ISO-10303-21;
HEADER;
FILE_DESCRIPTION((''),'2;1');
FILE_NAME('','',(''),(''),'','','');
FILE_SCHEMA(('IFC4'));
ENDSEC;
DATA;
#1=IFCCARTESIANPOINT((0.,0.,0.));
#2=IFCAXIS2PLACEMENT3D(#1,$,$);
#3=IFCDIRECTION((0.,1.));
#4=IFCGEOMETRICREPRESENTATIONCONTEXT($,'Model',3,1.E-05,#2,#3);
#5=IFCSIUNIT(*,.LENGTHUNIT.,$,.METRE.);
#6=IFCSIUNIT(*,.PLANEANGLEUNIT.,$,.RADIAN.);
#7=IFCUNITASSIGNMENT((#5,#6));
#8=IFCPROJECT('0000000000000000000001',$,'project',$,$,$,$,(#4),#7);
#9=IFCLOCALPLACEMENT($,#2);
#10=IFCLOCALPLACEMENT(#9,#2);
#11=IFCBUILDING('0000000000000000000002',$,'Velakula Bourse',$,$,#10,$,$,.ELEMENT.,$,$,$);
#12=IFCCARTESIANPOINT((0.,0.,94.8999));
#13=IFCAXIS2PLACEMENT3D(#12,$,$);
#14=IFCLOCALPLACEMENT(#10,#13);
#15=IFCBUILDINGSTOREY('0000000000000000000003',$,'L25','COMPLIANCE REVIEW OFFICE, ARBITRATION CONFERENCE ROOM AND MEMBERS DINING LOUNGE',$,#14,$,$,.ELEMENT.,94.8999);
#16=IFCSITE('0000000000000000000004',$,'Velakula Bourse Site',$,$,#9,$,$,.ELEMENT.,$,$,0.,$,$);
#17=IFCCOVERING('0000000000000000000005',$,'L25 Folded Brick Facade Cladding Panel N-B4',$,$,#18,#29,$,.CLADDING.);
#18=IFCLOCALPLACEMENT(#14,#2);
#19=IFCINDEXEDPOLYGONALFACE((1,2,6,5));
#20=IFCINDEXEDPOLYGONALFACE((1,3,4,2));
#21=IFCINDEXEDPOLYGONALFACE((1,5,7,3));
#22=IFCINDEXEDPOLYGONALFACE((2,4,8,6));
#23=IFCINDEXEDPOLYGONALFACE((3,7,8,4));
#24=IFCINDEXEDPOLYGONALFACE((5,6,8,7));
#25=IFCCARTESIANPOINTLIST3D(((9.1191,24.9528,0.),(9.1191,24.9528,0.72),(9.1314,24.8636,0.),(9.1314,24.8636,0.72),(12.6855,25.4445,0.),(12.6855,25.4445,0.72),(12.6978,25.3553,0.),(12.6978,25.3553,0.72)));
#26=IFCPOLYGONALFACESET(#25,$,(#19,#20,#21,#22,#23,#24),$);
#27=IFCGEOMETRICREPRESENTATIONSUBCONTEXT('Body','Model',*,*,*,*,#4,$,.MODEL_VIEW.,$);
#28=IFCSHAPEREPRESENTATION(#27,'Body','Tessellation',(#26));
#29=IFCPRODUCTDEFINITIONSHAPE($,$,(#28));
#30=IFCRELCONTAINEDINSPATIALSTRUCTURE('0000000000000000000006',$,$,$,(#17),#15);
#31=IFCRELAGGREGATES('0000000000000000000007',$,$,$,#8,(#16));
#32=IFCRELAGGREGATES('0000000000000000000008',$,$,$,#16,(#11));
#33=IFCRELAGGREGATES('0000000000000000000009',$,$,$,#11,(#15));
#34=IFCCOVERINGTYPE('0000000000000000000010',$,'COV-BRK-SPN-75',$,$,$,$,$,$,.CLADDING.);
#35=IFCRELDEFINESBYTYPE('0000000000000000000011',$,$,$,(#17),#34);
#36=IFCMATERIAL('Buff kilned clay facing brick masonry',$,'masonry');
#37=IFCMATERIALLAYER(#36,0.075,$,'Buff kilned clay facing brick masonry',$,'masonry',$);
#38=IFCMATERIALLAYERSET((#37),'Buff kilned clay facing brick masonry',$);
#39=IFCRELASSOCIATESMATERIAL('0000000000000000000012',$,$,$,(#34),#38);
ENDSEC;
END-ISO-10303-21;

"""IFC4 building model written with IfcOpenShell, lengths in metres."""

from ifc_helpers import new_model, si_unit, direction, frame, origin, origin_2d, place, context, subcontext, project, spatial, rectangle, extrude, material, layer, layer_set, type_object, element, save


model = new_model("IFC4")

# Units and contexts
model_context = context("Model", 3, precision=1e-05, world=origin(), true_north=direction((0.0, 1.0)))
body_context = subcontext(model_context, "Body", "Model", "MODEL_VIEW")
ifc_project = project(units=[si_unit("LENGTHUNIT", "METRE"), si_unit("PLANEANGLEUNIT", "RADIAN")], contexts=[model_context])

# Site, building, storey
site_placement = place(None, origin())
site = spatial("IfcSite", under=ifc_project, at=site_placement, Name="Velakula Bourse Site", CompositionType="ELEMENT", RefElevation=0.0)
building_placement = place(site_placement, origin())
building = spatial("IfcBuilding", under=site, at=building_placement, Name="Velakula Bourse", CompositionType="ELEMENT")
storey_placement = place(building_placement, frame((0.0, 0.0, 94.8999)))
storey = spatial("IfcBuildingStorey", under=building, at=storey_placement, Name="L25", Description="COMPLIANCE REVIEW OFFICE, ARBITRATION CONFERENCE ROOM AND MEMBERS DINING LOUNGE", CompositionType="ELEMENT", Elevation=94.8999)

# Covering
ifc_material_1 = material(Name="Buff kilned clay facing brick masonry", Category="masonry")
ifc_layer_1 = layer(ifc_material_1, 0.075, Name="Buff kilned clay facing brick masonry", Category="masonry")
ifc_layer_set_1 = layer_set([ifc_layer_1], Name="Buff kilned clay facing brick masonry")
covering_type = type_object("IfcCoveringType", Name="COV-BRK-SPN-75", PredefinedType="CLADDING", material=ifc_layer_set_1)
covering_placement = place(storey_placement, frame((10.9084, 25.1541, 0.0), z_axis=(0.0, 0.0, 1.0), x_axis=(0.990629, 0.13658, 0.0)))
element("IfcCovering", 1, at=covering_placement, inside=storey, type_object=covering_type, Name="L25 Folded Brick Facade Cladding Panel N-B4", PredefinedType="CLADDING", context=body_context, shape_type="SweptSolid", body=[
    extrude(rectangle(XDim=3.6001, YDim=0.0901, at=origin_2d()), origin(), (0.0, 0.0, 1.0), 0.72),
])

save(model, "model.ifc")
